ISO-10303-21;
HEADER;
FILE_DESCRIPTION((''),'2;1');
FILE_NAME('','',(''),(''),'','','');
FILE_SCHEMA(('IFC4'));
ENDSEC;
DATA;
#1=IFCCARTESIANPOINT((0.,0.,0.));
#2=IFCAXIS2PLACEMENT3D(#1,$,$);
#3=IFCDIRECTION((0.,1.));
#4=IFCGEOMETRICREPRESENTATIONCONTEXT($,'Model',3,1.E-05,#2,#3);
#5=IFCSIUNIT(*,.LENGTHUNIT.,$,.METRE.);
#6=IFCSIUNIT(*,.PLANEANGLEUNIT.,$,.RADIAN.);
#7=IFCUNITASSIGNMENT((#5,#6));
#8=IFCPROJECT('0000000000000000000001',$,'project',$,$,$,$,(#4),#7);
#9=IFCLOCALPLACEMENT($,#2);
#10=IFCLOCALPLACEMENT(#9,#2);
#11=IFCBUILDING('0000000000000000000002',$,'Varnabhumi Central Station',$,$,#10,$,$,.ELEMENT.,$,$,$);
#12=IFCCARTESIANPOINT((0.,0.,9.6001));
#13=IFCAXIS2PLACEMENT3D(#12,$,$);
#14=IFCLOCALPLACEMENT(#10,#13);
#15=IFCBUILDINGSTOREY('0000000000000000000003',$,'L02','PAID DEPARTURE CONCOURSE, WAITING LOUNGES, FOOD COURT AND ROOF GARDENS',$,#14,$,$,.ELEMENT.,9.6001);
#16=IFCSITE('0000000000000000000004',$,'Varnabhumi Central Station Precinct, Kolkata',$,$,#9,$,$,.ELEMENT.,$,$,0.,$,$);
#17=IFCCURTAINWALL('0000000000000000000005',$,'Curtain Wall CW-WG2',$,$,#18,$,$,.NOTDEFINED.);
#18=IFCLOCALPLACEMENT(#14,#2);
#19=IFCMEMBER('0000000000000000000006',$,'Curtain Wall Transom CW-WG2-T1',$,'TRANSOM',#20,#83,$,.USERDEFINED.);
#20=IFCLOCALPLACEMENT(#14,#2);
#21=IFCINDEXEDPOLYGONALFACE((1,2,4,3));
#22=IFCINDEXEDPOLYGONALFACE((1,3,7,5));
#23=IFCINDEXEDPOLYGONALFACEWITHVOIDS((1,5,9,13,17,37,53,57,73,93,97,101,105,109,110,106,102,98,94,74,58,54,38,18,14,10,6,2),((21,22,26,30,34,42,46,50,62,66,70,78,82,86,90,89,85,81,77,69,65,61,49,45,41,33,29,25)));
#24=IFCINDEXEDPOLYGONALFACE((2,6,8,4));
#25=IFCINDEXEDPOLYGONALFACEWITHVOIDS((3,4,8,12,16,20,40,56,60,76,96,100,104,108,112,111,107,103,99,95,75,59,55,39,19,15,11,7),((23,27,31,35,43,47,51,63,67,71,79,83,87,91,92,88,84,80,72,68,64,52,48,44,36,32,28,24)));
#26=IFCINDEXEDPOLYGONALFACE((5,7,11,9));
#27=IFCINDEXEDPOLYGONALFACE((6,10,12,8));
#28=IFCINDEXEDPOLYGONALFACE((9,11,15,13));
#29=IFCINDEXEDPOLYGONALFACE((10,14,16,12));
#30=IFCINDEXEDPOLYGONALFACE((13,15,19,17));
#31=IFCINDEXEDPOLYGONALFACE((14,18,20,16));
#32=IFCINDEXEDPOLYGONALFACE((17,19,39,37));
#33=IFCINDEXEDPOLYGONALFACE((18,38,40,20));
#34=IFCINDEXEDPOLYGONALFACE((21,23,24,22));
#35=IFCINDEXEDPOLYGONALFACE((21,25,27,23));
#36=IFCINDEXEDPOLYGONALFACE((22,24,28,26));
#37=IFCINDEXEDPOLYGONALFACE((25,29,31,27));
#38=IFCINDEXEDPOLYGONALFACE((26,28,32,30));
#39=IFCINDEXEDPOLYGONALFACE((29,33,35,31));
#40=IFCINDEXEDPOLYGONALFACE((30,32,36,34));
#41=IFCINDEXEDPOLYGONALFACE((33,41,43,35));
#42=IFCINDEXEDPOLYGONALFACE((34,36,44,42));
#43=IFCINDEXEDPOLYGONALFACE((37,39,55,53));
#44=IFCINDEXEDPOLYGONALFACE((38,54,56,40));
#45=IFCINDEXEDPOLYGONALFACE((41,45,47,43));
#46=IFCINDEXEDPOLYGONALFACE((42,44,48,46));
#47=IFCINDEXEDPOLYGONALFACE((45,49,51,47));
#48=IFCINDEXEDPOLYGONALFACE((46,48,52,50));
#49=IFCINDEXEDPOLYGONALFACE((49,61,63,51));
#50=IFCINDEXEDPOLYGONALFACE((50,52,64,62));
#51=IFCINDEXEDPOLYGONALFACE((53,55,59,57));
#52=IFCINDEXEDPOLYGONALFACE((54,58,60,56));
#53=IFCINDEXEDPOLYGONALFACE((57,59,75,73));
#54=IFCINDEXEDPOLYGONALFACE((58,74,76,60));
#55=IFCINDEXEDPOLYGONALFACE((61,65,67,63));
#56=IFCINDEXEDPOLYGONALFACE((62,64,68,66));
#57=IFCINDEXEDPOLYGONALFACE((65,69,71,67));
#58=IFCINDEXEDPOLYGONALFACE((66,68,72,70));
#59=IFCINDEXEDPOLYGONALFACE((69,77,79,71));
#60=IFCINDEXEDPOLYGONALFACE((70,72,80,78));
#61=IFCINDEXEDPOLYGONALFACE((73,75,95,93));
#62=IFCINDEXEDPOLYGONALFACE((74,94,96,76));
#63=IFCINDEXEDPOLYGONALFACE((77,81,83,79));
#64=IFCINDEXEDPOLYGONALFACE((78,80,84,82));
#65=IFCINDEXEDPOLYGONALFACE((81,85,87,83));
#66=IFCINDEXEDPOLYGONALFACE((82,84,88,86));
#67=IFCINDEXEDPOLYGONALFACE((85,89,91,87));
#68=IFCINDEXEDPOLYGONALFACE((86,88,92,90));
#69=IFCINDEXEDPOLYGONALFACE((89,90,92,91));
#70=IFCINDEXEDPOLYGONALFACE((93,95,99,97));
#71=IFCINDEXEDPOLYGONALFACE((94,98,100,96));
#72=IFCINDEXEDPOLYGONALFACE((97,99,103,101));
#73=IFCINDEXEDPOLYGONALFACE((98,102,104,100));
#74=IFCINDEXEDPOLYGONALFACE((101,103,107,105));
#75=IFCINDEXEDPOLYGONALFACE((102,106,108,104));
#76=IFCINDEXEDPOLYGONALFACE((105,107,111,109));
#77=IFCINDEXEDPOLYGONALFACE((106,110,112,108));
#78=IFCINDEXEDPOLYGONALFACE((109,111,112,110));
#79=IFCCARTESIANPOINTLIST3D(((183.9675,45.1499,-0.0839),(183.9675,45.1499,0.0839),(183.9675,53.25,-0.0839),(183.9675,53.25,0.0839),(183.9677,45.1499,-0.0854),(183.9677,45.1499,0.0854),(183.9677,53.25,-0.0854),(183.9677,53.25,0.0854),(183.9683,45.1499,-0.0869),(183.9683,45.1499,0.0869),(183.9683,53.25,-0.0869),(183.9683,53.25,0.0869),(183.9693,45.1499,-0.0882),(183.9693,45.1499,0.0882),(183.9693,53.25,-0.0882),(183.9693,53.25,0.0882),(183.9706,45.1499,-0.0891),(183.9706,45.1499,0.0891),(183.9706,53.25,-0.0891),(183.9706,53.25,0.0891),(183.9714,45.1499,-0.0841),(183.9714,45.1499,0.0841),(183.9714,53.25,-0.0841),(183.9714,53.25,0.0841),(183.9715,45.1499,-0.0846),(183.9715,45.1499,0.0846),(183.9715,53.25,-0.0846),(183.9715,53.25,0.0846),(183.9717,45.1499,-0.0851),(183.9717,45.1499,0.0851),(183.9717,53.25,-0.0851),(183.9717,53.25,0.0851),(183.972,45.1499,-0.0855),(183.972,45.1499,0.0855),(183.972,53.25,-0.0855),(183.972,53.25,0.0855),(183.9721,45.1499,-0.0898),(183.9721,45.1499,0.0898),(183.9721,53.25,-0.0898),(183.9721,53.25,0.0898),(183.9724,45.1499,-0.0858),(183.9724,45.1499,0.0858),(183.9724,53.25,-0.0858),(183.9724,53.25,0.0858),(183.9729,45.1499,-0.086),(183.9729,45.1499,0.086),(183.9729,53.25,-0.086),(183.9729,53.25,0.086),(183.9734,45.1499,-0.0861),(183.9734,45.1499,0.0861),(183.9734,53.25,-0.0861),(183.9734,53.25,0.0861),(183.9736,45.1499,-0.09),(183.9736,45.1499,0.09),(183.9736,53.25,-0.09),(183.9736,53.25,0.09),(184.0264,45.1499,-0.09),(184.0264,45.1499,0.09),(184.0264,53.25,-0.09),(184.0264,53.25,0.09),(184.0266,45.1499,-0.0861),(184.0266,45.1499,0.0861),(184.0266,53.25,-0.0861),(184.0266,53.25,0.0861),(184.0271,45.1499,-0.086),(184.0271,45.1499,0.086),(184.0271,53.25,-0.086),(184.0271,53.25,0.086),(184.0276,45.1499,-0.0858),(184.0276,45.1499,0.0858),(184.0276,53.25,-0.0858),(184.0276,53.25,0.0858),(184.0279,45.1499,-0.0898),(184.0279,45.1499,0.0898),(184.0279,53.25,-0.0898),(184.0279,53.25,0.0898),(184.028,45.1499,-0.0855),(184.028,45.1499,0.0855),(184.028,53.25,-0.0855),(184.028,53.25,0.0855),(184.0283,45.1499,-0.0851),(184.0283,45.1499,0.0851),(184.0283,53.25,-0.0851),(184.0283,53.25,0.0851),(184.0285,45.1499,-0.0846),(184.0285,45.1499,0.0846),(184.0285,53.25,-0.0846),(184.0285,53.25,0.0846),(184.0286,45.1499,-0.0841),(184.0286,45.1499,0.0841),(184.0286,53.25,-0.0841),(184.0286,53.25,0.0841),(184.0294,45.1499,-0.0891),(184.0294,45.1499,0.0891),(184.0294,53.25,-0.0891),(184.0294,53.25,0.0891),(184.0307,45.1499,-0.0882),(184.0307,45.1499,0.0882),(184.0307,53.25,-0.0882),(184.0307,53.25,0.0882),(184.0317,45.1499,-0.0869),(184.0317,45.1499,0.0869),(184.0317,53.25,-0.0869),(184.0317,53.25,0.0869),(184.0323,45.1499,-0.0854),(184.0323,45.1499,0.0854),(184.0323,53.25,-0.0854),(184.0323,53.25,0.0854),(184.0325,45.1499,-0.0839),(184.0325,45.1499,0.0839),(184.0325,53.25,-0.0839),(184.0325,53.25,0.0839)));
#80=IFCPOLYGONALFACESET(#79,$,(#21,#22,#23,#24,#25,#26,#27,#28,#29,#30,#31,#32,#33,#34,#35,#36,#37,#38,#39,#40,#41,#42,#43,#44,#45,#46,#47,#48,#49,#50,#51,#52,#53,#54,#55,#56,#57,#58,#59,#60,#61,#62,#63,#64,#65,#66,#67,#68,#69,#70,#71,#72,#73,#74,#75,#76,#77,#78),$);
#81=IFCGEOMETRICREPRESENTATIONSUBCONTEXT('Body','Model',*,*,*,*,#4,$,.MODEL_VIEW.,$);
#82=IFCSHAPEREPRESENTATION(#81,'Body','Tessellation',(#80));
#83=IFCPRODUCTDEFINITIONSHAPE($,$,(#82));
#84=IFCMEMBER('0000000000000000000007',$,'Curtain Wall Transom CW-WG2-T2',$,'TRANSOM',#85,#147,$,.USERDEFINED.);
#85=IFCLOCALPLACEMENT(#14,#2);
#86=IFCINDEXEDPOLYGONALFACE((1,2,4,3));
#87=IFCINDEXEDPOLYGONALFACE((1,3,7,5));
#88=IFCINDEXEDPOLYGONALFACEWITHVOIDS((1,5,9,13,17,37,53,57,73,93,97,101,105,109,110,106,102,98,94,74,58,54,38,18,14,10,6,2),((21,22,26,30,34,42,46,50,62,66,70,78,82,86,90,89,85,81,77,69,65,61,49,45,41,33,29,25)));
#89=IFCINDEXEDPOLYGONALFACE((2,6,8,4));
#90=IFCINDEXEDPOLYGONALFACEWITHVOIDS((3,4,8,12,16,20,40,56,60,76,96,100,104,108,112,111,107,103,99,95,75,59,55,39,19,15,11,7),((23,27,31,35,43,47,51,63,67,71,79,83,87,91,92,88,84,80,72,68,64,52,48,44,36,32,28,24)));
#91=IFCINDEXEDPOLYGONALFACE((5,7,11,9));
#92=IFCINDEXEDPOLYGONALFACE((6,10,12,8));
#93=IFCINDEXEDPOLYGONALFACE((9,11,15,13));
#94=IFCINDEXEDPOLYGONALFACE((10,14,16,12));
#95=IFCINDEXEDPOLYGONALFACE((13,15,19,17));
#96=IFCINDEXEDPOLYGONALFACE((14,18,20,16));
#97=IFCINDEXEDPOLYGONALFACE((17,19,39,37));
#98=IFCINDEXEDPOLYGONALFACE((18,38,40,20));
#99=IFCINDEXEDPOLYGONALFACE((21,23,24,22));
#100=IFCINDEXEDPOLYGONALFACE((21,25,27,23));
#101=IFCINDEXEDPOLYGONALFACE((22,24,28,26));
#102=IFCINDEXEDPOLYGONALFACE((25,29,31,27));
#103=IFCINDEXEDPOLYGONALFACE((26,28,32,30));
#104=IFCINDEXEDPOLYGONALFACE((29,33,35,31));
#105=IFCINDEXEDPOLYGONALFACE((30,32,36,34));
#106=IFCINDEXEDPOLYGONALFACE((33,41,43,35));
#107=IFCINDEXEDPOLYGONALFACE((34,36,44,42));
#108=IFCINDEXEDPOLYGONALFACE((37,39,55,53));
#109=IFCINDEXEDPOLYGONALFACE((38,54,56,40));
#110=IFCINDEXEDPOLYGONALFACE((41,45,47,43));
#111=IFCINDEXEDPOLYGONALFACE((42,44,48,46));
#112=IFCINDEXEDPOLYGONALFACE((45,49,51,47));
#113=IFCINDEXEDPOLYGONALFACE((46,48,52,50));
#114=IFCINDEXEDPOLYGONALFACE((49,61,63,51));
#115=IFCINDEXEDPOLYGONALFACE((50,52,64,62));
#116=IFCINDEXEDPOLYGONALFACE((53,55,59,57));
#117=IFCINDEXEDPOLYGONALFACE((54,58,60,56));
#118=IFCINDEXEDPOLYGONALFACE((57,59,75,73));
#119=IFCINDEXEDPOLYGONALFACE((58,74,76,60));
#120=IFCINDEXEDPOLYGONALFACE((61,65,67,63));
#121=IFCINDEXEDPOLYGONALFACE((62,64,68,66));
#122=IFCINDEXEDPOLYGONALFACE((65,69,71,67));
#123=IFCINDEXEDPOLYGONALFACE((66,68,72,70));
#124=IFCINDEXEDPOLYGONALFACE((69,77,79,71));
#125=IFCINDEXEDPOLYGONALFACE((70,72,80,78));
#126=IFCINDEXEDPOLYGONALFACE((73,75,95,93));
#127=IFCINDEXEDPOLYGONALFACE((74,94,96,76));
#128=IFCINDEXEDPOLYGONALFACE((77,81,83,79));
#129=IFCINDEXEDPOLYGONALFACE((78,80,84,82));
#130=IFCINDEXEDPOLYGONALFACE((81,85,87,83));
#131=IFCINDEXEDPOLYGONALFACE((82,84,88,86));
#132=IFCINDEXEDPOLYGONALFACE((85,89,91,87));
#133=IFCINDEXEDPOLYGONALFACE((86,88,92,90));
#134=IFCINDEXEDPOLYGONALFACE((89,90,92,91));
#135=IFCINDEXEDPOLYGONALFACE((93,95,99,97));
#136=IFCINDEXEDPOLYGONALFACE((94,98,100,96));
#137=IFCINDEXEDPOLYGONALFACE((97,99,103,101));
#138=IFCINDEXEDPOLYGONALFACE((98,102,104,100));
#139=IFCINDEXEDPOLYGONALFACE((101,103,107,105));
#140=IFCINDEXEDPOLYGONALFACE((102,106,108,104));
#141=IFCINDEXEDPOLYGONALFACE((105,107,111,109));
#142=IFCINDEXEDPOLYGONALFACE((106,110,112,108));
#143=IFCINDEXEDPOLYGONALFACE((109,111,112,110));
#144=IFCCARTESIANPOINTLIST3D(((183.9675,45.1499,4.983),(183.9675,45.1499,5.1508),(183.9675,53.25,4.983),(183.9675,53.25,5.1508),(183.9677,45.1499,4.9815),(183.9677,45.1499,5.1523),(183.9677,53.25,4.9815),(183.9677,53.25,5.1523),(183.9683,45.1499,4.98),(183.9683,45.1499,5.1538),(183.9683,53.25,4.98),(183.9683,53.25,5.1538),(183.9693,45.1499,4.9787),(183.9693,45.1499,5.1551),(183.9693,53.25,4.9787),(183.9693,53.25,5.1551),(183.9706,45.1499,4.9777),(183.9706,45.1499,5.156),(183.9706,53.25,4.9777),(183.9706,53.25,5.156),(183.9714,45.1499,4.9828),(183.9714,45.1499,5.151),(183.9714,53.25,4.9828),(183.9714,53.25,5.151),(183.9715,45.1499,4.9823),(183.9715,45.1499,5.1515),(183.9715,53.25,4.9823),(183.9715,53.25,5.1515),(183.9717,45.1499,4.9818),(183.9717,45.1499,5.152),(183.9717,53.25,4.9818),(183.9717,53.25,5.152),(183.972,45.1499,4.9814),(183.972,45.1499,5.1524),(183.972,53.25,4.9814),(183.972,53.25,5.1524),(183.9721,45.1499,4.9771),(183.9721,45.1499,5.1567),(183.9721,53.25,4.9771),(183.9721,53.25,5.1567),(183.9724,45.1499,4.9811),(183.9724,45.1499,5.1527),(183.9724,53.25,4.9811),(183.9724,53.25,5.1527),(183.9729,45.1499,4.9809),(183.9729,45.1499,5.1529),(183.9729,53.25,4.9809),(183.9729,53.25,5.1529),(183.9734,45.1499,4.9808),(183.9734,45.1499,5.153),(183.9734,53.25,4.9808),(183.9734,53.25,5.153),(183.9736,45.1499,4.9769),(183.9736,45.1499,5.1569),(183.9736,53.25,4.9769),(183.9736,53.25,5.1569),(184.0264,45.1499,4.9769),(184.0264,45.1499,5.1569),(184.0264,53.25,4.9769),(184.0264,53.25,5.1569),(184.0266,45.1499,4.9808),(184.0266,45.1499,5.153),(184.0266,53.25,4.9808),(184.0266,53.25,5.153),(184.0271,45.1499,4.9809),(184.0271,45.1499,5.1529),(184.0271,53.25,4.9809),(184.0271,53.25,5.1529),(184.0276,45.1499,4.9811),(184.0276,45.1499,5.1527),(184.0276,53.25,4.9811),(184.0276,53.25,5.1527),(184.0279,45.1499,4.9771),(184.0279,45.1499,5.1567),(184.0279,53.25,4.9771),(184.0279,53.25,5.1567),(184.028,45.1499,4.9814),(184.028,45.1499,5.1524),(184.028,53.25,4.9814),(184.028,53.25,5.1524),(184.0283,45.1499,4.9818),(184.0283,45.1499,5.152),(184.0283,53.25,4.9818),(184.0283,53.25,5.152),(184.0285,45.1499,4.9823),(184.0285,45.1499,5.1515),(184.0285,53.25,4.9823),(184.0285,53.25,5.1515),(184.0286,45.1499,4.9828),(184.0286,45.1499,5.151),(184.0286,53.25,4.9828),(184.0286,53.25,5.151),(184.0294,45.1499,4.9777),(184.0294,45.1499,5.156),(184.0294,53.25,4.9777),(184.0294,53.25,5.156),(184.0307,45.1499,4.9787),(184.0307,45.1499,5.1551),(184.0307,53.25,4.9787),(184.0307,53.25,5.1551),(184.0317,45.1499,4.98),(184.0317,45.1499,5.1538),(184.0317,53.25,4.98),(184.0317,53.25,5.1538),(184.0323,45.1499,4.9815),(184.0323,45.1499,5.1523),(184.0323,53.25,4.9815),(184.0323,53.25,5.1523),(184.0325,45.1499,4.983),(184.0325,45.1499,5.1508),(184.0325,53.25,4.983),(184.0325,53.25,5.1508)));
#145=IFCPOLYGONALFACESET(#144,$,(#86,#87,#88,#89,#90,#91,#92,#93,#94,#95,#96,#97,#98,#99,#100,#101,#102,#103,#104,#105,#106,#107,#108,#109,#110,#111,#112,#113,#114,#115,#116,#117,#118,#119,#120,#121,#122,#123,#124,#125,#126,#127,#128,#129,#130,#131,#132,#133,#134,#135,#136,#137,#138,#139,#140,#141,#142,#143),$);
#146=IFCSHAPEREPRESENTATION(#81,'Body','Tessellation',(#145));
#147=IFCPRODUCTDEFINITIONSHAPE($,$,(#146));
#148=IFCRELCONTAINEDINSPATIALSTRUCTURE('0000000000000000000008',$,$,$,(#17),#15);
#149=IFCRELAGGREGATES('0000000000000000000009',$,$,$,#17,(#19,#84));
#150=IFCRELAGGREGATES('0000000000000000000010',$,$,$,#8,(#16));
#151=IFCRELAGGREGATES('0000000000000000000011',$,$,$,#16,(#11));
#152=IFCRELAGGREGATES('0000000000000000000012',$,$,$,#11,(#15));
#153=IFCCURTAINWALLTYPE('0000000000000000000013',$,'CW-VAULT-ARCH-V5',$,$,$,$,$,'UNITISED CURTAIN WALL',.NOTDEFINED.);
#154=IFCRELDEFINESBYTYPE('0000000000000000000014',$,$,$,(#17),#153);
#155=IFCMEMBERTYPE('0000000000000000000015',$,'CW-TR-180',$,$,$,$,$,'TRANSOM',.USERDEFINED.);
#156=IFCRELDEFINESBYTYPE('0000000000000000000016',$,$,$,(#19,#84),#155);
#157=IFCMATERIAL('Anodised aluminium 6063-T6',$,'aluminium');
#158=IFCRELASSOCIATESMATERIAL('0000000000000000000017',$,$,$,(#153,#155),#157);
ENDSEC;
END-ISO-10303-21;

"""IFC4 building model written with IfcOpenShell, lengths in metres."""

from ifc_helpers import new_model, si_unit, direction, frame, origin, origin_2d, place, context, subcontext, project, spatial, hollow_rectangle, extrude, material, material_profile, profile_set, type_object, element, aggregate, save


model = new_model("IFC4")

# Units and contexts
model_context = context("Model", 3, precision=1e-05, world=origin(), true_north=direction((0.0, 1.0)))
body_context = subcontext(model_context, "Body", "Model", "MODEL_VIEW")
ifc_project = project(units=[si_unit("LENGTHUNIT", "METRE"), si_unit("PLANEANGLEUNIT", "RADIAN")], contexts=[model_context])

# Site, building, storey
site_placement = place(None, origin())
site = spatial("IfcSite", under=ifc_project, at=site_placement, Name="Varnabhumi Central Station Precinct, Kolkata", CompositionType="ELEMENT", RefElevation=0.0)
building_placement = place(site_placement, origin())
building = spatial("IfcBuilding", under=site, at=building_placement, Name="Varnabhumi Central Station", CompositionType="ELEMENT")
storey_placement = place(building_placement, frame((0.0, 0.0, 9.6001)))
storey = spatial("IfcBuildingStorey", under=building, at=storey_placement, Name="L02", Description="PAID DEPARTURE CONCOURSE, WAITING LOUNGES, FOOD COURT AND ROOF GARDENS", CompositionType="ELEMENT", Elevation=9.6001)

# Curtain wall
ifc_material_1 = material(Name="Anodised aluminium 6063-T6", Category="aluminium")
curtain_wall_type = type_object("IfcCurtainWallType", Name="CW-VAULT-ARCH-V5", ElementType="UNITISED CURTAIN WALL", PredefinedType="NOTDEFINED", material=ifc_material_1)
curtain_wall_1_placement = place(storey_placement, origin())
curtain_wall_1 = element("IfcCurtainWall", 1, at=curtain_wall_1_placement, inside=storey, type_object=curtain_wall_type, Name="Curtain Wall CW-WG2", PredefinedType="NOTDEFINED")

# Members
ifc_material_profile_1 = material_profile(ifc_material_1, hollow_rectangle(XDim=0.0649, YDim=0.1799, WallThickness=0.0039, InnerFilletRadius=0.002, OuterFilletRadius=0.0061, at=origin_2d()), Name="Anodised aluminium 6063-T6", Category="aluminium")
ifc_profile_set_1 = profile_set([ifc_material_profile_1], Name="Anodised aluminium 6063-T6")
member_type_1 = type_object("IfcMemberType", Name="CW-TR-180", ElementType="TRANSOM", PredefinedType="USERDEFINED", material=ifc_profile_set_1)
member_1_placement = place(storey_placement, frame((184.0, 45.1499, 0.0), z_axis=(0.0, 1.0, 0.0), x_axis=(-1.0, 0.0, 0.0)))
member_1 = element("IfcMember", 2, at=member_1_placement, type_object=member_type_1, Name="Curtain Wall Transom CW-WG2-T1", ObjectType="TRANSOM", PredefinedType="USERDEFINED", context=body_context, shape_type="SweptSolid", body=[
    extrude(hollow_rectangle(XDim=0.0649, YDim=0.1799, WallThickness=0.0039, InnerFilletRadius=0.002, OuterFilletRadius=0.0061, at=origin_2d()), origin(), (0.0, 0.0, 1.0), 8.1001),
])
member_2_placement = place(storey_placement, frame((184.0, 45.1499, 5.0669), z_axis=(0.0, 1.0, 0.0), x_axis=(-1.0, 0.0, 0.0)))
member_2 = element("IfcMember", 3, at=member_2_placement, type_object=member_type_1, Name="Curtain Wall Transom CW-WG2-T2", ObjectType="TRANSOM", PredefinedType="USERDEFINED", context=body_context, shape_type="SweptSolid", body=[
    extrude(hollow_rectangle(XDim=0.0649, YDim=0.1799, WallThickness=0.0039, InnerFilletRadius=0.002, OuterFilletRadius=0.0061, at=origin_2d()), origin(), (0.0, 0.0, 1.0), 8.1001),
])

aggregate(curtain_wall_1, [member_1, member_2])

save(model, "model.ifc")
